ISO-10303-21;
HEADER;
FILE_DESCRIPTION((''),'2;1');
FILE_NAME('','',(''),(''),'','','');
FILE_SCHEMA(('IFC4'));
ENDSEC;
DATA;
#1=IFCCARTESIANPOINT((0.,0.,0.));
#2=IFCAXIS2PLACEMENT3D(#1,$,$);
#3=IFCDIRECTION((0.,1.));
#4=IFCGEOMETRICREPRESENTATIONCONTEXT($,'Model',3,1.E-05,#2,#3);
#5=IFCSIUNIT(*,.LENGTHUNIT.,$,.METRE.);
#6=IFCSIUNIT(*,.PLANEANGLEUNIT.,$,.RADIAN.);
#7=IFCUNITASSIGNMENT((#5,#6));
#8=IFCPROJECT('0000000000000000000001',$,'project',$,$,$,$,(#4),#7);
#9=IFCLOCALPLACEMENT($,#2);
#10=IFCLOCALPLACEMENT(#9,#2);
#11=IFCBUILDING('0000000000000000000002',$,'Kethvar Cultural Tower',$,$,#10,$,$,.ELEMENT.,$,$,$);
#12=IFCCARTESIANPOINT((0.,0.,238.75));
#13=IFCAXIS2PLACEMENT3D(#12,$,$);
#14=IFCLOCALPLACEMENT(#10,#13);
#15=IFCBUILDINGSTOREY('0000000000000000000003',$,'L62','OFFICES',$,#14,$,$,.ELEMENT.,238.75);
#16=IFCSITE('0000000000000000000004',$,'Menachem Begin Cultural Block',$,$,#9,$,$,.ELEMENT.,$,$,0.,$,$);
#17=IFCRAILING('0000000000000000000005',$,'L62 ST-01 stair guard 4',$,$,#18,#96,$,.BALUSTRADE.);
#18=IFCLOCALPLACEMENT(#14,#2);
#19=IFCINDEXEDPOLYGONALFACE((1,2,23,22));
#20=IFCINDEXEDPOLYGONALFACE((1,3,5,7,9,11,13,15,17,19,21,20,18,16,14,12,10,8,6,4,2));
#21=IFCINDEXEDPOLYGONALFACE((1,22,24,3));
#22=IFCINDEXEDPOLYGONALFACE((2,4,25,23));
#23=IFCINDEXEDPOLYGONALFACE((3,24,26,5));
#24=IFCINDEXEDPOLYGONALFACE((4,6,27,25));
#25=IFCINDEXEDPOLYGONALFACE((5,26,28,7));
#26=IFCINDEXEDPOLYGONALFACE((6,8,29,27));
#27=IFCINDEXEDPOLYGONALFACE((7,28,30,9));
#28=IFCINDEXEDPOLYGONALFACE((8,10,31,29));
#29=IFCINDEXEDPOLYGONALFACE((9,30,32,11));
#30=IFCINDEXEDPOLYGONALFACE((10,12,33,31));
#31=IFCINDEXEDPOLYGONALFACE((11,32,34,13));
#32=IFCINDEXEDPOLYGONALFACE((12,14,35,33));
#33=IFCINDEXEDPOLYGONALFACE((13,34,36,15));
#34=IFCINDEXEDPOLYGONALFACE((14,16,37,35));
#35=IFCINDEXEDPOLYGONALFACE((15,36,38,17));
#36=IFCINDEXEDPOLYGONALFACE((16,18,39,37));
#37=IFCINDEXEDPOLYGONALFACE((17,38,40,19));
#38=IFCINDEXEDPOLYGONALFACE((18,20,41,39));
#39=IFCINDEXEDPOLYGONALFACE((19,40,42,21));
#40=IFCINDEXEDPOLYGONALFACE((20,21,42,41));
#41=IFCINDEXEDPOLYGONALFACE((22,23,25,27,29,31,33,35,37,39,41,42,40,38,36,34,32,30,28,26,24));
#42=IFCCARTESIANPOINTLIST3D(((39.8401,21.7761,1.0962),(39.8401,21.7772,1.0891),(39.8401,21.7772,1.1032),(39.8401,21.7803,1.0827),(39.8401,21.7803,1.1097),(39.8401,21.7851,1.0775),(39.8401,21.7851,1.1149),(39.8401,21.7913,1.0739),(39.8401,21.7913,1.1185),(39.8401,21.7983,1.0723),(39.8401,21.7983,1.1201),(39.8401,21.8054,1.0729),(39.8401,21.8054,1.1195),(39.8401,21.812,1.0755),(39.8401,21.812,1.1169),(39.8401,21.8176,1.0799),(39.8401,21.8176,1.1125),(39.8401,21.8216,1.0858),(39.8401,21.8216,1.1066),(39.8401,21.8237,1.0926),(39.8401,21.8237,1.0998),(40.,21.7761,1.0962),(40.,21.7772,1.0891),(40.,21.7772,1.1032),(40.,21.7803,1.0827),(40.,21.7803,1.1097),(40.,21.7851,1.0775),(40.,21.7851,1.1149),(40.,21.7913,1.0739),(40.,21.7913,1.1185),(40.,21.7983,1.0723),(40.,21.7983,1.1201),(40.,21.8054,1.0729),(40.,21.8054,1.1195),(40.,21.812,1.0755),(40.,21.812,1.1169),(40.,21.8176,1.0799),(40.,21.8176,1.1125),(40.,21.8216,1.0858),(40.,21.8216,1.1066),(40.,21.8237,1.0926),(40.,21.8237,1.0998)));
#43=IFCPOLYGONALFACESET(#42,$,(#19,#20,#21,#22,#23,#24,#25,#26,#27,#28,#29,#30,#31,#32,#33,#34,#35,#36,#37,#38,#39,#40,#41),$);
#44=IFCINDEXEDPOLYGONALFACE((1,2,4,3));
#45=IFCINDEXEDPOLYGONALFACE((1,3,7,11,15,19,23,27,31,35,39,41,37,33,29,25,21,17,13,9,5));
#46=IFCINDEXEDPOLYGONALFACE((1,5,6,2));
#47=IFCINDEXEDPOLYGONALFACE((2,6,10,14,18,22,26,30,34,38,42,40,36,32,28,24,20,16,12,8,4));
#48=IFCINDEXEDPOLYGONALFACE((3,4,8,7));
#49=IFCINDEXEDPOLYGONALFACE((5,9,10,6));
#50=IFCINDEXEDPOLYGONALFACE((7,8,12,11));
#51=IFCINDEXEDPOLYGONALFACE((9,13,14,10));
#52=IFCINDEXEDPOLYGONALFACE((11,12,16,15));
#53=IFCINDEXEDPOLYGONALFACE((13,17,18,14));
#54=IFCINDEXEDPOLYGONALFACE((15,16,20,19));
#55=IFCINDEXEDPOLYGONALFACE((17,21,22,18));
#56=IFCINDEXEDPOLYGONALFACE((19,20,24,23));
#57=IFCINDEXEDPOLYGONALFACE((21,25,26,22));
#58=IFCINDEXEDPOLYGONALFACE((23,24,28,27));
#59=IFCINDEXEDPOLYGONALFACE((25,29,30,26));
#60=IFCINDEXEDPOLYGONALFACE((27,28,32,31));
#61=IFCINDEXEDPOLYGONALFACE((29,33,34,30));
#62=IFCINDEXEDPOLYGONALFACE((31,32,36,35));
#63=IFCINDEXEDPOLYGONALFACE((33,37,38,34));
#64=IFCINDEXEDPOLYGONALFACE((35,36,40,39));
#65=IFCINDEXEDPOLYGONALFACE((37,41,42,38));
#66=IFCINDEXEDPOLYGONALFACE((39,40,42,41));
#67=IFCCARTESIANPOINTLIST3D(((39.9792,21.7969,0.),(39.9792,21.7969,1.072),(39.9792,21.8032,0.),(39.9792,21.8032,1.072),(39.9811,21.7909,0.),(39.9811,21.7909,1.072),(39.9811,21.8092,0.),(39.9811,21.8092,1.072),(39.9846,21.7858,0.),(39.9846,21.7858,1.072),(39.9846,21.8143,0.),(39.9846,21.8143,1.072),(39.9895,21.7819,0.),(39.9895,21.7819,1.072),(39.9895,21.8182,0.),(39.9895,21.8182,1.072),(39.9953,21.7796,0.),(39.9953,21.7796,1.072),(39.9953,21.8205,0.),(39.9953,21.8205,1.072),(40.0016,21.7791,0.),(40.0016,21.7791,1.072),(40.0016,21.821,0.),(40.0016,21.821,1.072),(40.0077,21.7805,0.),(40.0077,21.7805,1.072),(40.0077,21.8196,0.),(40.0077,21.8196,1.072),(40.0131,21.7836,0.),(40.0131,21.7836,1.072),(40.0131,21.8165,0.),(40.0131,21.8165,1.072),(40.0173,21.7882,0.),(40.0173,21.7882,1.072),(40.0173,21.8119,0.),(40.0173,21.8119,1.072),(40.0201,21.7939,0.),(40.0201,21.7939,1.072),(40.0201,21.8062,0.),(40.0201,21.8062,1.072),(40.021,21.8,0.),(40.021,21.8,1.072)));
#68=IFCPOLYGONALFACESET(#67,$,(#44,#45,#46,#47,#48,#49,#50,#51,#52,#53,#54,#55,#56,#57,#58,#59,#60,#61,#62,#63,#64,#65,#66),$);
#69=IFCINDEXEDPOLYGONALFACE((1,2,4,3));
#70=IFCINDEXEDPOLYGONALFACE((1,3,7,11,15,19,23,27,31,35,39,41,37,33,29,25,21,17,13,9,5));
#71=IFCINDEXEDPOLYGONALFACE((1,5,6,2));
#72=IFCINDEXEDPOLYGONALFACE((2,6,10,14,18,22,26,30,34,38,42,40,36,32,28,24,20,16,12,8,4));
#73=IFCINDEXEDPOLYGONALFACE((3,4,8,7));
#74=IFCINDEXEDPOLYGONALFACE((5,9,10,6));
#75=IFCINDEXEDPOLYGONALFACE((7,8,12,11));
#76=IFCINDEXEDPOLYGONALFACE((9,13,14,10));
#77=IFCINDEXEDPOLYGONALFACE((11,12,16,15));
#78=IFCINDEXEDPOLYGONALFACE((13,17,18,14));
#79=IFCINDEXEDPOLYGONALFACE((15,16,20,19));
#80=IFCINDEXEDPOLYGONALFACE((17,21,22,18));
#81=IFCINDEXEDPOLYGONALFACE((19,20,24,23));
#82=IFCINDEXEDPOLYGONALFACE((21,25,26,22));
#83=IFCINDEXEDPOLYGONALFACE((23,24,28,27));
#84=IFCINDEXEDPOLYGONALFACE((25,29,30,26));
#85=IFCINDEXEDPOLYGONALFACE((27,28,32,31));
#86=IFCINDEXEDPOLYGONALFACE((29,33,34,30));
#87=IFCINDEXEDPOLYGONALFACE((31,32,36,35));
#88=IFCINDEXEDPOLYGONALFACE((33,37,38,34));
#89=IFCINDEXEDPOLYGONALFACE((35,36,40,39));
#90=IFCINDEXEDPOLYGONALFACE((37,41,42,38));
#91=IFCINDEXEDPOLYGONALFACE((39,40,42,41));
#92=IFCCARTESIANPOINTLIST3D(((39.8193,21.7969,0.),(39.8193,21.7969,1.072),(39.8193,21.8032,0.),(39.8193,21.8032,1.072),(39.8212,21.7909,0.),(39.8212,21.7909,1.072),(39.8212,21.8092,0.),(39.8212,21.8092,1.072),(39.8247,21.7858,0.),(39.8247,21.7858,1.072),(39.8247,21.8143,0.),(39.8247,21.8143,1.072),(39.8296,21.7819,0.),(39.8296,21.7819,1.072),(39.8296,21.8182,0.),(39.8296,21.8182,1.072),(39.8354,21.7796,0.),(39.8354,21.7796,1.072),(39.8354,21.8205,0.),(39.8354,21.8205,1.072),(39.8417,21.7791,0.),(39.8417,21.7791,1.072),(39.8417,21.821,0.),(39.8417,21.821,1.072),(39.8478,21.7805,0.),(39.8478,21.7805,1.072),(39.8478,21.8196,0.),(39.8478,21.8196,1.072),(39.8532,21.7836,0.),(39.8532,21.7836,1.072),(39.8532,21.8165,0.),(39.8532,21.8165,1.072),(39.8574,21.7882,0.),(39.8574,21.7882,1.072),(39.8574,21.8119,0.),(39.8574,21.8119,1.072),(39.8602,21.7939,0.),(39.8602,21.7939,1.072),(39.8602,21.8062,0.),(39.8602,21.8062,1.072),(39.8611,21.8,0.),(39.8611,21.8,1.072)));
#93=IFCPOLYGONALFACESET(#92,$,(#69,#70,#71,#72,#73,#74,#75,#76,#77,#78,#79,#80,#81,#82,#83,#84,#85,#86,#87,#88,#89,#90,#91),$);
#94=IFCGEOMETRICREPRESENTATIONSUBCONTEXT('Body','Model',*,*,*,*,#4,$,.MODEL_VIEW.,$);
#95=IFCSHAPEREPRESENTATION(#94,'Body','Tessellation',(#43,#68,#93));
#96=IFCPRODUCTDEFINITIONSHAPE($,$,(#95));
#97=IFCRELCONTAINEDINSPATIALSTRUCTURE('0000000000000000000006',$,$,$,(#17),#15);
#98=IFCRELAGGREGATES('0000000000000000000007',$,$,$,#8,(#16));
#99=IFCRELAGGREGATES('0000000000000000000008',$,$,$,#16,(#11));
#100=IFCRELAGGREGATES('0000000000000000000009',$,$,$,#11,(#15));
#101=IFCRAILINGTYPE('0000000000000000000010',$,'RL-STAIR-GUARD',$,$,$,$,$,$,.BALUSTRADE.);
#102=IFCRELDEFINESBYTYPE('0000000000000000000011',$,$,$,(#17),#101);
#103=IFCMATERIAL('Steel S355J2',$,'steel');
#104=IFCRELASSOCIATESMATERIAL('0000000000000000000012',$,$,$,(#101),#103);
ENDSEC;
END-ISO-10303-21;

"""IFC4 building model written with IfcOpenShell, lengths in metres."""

from ifc_helpers import new_model, si_unit, direction, frame, origin, origin_2d, place, context, subcontext, project, spatial, circle, extrude, material, type_object, element, save


model = new_model("IFC4")

# Units and contexts
model_context = context("Model", 3, precision=1e-05, world=origin(), true_north=direction((0.0, 1.0)))
body_context = subcontext(model_context, "Body", "Model", "MODEL_VIEW")
ifc_project = project(units=[si_unit("LENGTHUNIT", "METRE"), si_unit("PLANEANGLEUNIT", "RADIAN")], contexts=[model_context])

# Site, building, storey
site_placement = place(None, origin())
site = spatial("IfcSite", under=ifc_project, at=site_placement, Name="Menachem Begin Cultural Block", CompositionType="ELEMENT", RefElevation=0.0)
building_placement = place(site_placement, origin())
building = spatial("IfcBuilding", under=site, at=building_placement, Name="Kethvar Cultural Tower", CompositionType="ELEMENT")
storey_placement = place(building_placement, frame((0.0, 0.0, 238.75)))
storey = spatial("IfcBuildingStorey", under=building, at=storey_placement, Name="L62", Description="OFFICES", CompositionType="ELEMENT", Elevation=238.75)

# Shared definitions
ifc_material_1 = material(Name="Steel S355J2", Category="steel")

# Railing
railing_type_1 = type_object("IfcRailingType", Name="RL-STAIR-GUARD", PredefinedType="BALUSTRADE", material=ifc_material_1)
railing_1_placement = place(storey_placement, frame((40.0, 21.8, 0.0)))
element("IfcRailing", 1, at=railing_1_placement, inside=storey, type_object=railing_type_1, Name="L62 ST-01 stair guard 4", PredefinedType="BALUSTRADE", context=body_context, shape_type="SweptSolid", body=[
    extrude(circle(Radius=0.0239, at=origin_2d()), frame((0.0, 0.0, 1.0962), z_axis=(-1.0, 0.0, 0.0), x_axis=(0.0, -1.0, 0.0)), (0.0, 0.0, 1.0), 0.1599),
    extrude(circle(Radius=0.021, at=origin_2d()), origin(), (0.0, 0.0, 1.0), 1.072),
    extrude(circle(Radius=0.021, at=origin_2d()), frame((-0.1599, 0.0, 0.0)), (0.0, 0.0, 1.0), 1.072),
])

save(model, "model.ifc")
